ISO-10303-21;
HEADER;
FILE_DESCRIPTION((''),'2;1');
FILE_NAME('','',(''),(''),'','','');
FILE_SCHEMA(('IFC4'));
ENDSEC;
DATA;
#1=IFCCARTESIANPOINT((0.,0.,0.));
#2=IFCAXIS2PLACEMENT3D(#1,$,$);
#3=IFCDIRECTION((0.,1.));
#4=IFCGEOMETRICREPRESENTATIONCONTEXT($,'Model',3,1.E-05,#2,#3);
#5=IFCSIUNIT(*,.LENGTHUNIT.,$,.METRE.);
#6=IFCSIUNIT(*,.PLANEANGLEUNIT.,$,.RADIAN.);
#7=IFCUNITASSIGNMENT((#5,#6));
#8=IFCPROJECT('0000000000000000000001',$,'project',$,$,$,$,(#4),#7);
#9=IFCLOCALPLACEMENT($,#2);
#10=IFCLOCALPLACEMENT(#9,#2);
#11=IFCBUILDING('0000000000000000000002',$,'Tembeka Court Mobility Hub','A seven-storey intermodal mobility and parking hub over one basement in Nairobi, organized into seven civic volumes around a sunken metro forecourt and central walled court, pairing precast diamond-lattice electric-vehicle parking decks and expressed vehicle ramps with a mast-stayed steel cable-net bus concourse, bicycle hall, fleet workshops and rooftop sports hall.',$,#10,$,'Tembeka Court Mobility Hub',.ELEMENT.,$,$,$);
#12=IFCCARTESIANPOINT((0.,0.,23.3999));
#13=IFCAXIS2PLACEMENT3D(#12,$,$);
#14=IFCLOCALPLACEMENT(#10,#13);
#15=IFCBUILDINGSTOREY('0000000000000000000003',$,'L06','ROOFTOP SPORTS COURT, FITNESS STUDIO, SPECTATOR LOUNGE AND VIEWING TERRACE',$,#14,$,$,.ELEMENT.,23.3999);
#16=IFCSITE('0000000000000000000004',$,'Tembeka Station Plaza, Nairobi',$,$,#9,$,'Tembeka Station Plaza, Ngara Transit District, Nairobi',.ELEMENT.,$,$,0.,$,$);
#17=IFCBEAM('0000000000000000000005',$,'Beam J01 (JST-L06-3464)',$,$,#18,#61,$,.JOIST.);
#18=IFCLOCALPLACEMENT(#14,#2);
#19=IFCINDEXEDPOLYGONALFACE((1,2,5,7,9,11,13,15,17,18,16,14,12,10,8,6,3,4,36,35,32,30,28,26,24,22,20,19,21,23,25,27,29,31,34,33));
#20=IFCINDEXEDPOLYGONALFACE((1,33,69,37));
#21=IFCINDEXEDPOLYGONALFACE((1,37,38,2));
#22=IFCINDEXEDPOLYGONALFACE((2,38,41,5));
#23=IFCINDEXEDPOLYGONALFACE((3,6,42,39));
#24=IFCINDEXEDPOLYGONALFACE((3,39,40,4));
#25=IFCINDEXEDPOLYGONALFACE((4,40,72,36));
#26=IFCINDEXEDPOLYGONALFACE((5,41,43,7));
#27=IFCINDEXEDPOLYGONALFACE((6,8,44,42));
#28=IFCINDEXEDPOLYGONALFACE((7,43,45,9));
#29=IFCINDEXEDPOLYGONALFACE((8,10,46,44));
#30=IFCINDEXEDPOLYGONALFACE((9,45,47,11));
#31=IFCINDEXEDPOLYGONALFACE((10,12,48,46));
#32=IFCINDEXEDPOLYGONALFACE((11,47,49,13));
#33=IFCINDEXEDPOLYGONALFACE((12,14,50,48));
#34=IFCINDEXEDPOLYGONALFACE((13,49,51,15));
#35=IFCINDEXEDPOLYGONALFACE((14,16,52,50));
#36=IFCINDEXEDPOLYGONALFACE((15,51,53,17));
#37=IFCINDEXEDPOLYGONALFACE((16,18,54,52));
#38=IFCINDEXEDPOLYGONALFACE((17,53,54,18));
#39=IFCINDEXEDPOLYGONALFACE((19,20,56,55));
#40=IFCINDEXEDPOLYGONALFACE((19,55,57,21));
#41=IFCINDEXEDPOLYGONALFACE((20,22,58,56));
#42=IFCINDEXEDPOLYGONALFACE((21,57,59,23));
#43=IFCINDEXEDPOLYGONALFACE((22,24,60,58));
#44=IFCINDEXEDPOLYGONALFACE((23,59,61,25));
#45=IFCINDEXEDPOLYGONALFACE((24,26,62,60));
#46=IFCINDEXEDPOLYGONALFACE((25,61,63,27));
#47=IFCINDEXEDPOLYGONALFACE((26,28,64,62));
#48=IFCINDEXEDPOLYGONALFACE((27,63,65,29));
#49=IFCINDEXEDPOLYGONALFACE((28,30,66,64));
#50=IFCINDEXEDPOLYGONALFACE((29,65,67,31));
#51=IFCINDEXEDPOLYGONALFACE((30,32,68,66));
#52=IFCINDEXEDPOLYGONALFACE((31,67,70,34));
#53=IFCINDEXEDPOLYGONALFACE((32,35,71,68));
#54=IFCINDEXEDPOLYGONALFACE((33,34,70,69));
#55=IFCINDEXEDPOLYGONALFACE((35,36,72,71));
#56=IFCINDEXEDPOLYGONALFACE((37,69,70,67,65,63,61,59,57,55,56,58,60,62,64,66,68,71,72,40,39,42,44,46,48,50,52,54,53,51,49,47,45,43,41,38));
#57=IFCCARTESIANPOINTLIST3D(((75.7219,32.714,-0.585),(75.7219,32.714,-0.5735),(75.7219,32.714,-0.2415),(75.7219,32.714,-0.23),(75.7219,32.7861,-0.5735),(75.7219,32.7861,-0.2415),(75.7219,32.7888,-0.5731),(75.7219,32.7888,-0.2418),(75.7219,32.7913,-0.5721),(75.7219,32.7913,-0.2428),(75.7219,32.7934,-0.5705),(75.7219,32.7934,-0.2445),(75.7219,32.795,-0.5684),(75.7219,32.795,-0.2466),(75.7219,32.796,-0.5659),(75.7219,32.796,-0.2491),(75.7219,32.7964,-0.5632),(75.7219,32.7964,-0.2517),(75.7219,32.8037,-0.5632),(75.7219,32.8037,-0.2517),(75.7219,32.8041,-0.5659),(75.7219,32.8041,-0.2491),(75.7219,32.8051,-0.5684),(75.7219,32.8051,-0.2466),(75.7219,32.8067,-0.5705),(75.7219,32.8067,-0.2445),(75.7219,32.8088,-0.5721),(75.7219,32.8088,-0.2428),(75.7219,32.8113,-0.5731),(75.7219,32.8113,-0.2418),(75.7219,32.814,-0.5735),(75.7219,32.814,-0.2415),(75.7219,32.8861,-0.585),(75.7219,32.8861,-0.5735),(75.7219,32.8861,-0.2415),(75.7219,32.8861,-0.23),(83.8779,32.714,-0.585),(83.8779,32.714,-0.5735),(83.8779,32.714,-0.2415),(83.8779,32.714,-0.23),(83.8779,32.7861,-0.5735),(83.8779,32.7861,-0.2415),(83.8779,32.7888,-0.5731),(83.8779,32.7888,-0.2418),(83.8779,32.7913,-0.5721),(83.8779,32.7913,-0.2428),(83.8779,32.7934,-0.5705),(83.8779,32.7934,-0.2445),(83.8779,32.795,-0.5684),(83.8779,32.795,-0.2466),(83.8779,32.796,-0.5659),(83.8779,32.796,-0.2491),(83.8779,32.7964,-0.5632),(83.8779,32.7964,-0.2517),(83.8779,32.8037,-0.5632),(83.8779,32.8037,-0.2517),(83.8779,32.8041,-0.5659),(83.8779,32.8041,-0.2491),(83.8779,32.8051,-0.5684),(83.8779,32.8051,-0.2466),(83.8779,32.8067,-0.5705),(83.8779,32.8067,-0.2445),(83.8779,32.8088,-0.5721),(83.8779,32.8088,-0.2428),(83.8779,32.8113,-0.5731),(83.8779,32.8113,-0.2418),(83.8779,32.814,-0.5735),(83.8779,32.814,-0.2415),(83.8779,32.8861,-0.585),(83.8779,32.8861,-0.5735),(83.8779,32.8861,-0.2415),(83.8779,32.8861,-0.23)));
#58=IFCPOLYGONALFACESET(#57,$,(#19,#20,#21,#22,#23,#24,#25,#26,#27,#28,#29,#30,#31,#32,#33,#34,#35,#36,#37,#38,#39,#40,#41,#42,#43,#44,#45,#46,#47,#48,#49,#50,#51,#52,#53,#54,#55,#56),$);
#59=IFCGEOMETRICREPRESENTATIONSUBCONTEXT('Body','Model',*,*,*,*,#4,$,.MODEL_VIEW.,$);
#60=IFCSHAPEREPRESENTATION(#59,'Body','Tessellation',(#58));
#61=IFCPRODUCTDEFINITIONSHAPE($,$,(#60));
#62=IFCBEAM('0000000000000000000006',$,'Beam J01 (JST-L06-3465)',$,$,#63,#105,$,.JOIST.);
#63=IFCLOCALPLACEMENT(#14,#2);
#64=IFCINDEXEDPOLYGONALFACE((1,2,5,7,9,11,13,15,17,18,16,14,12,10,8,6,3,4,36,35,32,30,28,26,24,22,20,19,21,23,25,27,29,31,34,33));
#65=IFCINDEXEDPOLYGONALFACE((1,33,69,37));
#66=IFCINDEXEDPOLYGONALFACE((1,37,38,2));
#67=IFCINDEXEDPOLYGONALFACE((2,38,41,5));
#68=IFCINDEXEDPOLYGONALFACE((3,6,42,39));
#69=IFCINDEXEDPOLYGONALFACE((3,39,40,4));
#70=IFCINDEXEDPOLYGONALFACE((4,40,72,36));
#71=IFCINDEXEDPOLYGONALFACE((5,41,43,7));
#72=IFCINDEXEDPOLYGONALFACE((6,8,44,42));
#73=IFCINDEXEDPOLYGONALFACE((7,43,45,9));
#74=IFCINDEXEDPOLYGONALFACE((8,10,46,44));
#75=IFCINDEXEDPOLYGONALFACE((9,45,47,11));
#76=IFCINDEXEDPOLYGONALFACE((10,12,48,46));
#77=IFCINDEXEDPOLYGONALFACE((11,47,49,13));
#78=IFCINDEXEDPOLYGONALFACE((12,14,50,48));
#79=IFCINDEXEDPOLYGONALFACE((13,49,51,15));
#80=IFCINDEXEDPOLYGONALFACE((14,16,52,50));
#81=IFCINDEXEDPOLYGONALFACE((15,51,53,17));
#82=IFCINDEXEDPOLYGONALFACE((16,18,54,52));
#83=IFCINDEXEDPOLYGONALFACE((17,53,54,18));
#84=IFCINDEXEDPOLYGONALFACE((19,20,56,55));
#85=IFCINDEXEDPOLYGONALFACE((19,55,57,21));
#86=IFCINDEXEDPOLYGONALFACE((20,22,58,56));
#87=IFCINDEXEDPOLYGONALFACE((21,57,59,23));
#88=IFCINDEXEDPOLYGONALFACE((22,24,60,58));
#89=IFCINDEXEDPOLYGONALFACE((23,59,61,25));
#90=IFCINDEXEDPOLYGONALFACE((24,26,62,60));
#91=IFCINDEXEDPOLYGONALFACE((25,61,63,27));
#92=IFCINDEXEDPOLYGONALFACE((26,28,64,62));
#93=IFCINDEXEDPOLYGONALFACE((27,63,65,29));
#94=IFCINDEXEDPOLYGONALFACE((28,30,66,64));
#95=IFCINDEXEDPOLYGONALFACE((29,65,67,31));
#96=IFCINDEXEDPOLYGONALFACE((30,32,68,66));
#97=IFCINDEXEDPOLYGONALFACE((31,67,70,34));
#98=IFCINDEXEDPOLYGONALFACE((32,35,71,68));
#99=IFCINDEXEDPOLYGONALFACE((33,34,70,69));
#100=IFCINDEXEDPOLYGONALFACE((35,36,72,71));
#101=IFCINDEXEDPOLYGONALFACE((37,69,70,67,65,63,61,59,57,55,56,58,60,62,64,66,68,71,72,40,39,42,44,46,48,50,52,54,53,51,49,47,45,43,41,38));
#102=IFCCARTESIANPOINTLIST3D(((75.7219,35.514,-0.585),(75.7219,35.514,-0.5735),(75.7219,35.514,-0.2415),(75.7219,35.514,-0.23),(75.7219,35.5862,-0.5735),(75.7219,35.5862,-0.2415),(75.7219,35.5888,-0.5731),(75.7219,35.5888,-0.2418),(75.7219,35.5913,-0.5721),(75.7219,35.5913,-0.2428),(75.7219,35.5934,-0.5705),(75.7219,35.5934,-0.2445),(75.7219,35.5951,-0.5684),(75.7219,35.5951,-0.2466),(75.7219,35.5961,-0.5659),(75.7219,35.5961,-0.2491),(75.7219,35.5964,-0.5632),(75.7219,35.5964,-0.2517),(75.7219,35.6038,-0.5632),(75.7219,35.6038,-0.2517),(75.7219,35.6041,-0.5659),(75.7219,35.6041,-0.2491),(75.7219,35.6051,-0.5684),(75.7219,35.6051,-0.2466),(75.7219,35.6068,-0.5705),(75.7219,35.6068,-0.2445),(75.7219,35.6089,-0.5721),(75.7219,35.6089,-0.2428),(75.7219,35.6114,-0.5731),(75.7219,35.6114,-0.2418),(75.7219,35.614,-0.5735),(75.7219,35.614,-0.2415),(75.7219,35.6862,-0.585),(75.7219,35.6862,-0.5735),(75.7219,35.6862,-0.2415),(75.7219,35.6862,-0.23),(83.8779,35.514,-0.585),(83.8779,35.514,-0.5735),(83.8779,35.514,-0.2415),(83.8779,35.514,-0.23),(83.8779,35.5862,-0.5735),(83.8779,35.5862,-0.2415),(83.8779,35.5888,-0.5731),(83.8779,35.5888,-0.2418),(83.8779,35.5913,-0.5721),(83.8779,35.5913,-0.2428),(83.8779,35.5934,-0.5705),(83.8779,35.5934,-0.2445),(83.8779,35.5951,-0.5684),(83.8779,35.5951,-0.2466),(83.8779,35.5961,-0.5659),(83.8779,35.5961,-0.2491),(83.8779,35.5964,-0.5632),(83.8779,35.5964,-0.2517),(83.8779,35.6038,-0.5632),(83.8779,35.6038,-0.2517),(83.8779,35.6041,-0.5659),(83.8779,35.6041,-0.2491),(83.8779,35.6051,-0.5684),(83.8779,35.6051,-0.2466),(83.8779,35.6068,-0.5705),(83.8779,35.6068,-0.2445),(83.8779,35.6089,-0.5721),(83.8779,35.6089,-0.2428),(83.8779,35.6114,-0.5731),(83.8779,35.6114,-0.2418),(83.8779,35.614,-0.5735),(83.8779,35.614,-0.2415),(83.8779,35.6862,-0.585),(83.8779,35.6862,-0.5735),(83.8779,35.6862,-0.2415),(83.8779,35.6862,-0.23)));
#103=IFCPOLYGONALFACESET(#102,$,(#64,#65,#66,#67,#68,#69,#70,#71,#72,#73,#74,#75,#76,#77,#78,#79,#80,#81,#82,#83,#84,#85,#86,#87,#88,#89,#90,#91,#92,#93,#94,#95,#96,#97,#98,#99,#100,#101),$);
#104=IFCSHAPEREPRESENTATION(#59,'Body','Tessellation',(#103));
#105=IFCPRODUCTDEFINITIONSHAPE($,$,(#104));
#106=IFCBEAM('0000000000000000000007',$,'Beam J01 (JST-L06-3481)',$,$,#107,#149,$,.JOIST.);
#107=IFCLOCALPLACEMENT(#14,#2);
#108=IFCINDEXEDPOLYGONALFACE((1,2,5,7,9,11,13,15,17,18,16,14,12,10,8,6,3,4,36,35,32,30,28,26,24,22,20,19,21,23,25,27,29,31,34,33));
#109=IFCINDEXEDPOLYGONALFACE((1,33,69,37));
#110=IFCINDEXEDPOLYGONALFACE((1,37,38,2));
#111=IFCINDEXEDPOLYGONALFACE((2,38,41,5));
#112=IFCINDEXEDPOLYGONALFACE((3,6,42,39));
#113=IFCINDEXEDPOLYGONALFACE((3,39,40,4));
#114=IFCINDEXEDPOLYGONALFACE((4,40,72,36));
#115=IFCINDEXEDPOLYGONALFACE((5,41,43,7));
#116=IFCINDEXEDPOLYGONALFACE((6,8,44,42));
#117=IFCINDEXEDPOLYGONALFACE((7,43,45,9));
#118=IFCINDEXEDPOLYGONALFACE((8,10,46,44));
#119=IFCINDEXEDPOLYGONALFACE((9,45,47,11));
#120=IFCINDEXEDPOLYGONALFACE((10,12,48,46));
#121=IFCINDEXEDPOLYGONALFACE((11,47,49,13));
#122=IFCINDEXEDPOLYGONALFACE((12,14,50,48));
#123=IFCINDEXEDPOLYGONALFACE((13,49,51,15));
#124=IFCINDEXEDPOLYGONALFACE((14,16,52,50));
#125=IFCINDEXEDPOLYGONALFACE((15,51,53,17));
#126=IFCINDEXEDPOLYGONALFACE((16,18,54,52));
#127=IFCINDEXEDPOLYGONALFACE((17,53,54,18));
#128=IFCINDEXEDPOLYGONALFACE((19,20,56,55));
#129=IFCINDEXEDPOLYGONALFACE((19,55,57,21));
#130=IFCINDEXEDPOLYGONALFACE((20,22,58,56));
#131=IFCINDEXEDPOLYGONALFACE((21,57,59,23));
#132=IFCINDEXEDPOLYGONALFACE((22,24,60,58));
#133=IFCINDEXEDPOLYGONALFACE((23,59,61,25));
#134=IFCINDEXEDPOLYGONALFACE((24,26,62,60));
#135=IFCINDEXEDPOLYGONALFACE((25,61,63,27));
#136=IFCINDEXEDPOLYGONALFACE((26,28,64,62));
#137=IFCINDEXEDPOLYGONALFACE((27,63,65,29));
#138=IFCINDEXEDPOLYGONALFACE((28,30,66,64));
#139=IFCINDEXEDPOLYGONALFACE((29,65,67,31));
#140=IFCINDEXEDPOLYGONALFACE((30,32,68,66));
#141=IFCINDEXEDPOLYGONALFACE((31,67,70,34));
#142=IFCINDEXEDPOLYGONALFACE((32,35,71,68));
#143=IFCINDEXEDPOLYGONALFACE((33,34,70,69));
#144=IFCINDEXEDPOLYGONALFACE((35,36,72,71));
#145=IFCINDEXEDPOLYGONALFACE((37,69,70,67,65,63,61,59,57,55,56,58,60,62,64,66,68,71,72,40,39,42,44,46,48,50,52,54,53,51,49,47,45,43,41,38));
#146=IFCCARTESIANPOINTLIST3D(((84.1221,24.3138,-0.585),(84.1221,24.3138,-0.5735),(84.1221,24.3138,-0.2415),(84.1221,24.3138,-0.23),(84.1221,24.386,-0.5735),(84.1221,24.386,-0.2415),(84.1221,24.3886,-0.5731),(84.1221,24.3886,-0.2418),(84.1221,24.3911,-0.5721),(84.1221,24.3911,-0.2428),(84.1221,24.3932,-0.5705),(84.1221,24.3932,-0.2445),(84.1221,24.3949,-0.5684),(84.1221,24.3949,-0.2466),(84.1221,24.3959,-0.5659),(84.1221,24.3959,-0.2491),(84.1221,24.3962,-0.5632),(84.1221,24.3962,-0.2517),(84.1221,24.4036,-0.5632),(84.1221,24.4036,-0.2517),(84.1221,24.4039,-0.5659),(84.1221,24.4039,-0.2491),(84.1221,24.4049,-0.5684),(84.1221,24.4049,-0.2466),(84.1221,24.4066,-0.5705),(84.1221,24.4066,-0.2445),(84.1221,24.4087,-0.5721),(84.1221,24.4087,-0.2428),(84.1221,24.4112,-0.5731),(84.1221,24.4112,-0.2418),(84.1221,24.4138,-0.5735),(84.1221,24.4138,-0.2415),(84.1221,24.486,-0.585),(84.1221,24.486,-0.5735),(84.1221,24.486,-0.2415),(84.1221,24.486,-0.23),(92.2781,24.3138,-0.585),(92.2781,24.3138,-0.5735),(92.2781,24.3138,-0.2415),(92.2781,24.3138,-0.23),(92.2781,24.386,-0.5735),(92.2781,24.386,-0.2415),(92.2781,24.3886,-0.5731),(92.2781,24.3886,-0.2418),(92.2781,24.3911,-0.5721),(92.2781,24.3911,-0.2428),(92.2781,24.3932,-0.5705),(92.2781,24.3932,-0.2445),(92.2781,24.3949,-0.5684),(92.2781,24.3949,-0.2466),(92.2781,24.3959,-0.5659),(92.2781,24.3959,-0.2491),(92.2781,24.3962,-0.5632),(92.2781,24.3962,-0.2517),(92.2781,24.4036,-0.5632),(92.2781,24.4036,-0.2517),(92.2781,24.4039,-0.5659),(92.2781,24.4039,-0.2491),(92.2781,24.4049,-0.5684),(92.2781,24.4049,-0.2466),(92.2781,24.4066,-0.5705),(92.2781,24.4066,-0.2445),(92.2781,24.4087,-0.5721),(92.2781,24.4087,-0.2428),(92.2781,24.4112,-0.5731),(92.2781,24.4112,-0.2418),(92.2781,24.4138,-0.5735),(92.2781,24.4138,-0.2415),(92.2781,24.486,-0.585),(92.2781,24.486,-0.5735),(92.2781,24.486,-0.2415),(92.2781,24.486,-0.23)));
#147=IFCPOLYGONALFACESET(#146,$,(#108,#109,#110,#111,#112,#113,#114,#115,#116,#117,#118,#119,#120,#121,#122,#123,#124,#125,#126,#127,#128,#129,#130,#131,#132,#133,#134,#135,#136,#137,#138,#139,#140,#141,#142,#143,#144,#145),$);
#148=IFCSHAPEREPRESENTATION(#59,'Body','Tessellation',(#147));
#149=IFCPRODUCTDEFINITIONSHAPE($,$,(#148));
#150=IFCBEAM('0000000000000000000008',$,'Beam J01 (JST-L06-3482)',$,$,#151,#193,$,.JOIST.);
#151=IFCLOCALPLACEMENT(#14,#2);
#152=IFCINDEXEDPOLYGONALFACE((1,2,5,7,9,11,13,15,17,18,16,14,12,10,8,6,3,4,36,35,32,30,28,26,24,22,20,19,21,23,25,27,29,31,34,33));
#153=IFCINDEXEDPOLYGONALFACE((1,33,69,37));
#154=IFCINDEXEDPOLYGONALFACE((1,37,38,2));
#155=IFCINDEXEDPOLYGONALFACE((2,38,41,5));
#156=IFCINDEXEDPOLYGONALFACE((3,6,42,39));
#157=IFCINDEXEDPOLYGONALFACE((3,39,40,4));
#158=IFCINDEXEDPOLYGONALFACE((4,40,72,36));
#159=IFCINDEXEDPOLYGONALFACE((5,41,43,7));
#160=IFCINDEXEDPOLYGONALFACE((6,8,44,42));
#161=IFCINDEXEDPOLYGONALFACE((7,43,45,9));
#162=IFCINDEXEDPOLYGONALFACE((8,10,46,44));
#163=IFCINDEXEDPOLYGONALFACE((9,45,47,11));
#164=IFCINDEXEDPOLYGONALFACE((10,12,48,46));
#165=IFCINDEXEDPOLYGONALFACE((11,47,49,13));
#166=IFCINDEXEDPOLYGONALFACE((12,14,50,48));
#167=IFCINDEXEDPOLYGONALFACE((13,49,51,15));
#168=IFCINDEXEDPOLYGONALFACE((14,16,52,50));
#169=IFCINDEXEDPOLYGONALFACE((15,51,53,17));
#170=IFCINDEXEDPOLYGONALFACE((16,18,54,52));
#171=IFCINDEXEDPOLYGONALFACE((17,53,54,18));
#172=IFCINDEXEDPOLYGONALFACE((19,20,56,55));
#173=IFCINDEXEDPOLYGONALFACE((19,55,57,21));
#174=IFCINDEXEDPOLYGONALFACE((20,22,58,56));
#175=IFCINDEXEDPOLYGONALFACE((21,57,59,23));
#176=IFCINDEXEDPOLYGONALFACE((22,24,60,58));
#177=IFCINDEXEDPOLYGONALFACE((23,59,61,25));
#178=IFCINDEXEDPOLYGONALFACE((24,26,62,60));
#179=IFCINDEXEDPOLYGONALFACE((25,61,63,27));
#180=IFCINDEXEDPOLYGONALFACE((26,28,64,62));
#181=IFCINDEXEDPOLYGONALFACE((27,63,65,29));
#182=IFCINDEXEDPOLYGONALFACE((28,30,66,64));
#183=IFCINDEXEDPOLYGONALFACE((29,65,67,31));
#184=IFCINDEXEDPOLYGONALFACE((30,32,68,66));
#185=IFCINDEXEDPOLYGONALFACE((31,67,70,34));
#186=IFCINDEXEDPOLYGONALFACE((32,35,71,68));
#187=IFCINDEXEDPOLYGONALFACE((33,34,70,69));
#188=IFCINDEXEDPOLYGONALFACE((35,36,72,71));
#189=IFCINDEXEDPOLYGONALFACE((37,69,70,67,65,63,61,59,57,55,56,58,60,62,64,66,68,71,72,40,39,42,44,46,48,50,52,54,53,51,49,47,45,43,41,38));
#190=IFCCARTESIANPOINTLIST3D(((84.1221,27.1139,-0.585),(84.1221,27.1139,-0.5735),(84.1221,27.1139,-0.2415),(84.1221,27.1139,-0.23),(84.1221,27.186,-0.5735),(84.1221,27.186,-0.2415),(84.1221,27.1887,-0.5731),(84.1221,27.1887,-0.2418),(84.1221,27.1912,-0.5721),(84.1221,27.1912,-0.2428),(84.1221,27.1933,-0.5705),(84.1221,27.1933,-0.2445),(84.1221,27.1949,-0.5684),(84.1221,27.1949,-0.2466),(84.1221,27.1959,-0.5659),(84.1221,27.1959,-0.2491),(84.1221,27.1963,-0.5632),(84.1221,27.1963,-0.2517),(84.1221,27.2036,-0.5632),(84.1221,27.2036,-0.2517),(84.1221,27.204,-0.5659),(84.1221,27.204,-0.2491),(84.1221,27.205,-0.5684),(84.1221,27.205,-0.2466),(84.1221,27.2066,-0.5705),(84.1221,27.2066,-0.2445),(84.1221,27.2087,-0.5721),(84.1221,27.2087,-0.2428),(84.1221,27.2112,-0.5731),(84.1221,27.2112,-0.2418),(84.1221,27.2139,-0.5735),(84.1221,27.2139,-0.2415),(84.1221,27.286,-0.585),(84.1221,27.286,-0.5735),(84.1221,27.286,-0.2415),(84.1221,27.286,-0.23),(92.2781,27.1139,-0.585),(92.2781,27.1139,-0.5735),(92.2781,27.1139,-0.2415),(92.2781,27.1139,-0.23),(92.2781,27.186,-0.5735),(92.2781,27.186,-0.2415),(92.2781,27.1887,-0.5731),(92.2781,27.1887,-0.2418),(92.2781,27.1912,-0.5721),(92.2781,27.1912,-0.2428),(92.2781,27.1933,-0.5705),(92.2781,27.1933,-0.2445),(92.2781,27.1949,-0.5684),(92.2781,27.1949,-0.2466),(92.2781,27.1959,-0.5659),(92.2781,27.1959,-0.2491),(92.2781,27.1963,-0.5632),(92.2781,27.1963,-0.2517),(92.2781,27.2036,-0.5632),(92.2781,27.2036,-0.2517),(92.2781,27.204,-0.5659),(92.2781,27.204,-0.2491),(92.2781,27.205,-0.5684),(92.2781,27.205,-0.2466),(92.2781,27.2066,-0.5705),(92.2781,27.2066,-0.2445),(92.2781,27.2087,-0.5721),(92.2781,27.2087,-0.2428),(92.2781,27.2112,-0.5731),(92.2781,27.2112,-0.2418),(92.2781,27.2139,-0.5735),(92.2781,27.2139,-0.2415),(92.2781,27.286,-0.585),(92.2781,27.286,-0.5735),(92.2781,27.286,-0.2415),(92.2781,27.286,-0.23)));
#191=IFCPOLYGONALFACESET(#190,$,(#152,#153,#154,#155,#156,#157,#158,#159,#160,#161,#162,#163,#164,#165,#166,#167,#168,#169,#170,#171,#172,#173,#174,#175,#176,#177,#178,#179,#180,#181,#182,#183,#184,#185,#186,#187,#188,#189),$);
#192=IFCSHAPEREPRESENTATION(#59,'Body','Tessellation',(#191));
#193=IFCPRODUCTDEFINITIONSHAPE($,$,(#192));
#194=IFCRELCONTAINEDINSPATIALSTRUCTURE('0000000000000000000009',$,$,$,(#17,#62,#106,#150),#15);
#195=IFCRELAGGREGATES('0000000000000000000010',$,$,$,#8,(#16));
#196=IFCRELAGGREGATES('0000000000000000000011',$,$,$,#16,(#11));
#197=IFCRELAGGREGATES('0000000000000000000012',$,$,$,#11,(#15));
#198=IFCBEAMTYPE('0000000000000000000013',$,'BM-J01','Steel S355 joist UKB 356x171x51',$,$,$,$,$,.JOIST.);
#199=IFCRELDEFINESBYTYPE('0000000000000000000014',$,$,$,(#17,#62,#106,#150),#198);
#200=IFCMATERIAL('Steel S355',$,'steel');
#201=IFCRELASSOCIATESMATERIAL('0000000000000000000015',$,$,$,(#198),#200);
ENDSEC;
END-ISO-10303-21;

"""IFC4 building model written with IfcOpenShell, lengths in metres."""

from ifc_helpers import new_model, si_unit, direction, frame, origin, origin_2d, place, context, subcontext, project, spatial, i_section, extrude, material, material_profile, profile_set, type_object, element, save


model = new_model("IFC4")

# Units and contexts
model_context = context("Model", 3, precision=1e-05, world=origin(), true_north=direction((0.0, 1.0)))
body_context = subcontext(model_context, "Body", "Model", "MODEL_VIEW")
ifc_project = project(units=[si_unit("LENGTHUNIT", "METRE"), si_unit("PLANEANGLEUNIT", "RADIAN")], contexts=[model_context])

# Site, building, storey
site_placement = place(None, origin())
site = spatial("IfcSite", under=ifc_project, at=site_placement, Name="Tembeka Station Plaza, Nairobi", LongName="Tembeka Station Plaza, Ngara Transit District, Nairobi", CompositionType="ELEMENT", RefElevation=0.0)
building_placement = place(site_placement, origin())
building = spatial("IfcBuilding", under=site, at=building_placement, Name="Tembeka Court Mobility Hub", Description="A seven-storey intermodal mobility and parking hub over one basement in Nairobi, organized into seven civic volumes around a sunken metro forecourt and central walled court, pairing precast diamond-lattice electric-vehicle parking decks and expressed vehicle ramps with a mast-stayed steel cable-net bus concourse, bicycle hall, fleet workshops and rooftop sports hall.", LongName="Tembeka Court Mobility Hub", CompositionType="ELEMENT")
storey_placement = place(building_placement, frame((0.0, 0.0, 23.3999)))
storey = spatial("IfcBuildingStorey", under=building, at=storey_placement, Name="L06", Description="ROOFTOP SPORTS COURT, FITNESS STUDIO, SPECTATOR LOUNGE AND VIEWING TERRACE", CompositionType="ELEMENT", Elevation=23.3999)

# Beams
ifc_material_1 = material(Name="Steel S355", Category="steel")
ifc_material_profile_1 = material_profile(ifc_material_1, i_section(OverallWidth=0.1721, OverallDepth=0.355, WebThickness=0.0073, FlangeThickness=0.0115, FilletRadius=0.0103, at=origin_2d()), Name="UKB 356x171x51")
ifc_profile_set_1 = profile_set([ifc_material_profile_1], Name="Steel S355")
beam_type_1 = type_object("IfcBeamType", Name="BM-J01", Description="Steel S355 joist UKB 356x171x51", PredefinedType="JOIST", material=ifc_profile_set_1)
for number, where, z_axis, x_axis, name in (
    (1, (75.7219, 32.8, -0.4075), (1.0, 0.0, 0.0), (0.0, 1.0, 0.0), "Beam J01 (JST-L06-3464)"),
    (2, (75.7219, 35.6001, -0.4075), (1.0, 0.0, 0.0), (0.0, 1.0, 0.0), "Beam J01 (JST-L06-3465)"),
    (3, (84.1221, 24.3999, -0.4075), (1.0, 0.0, 0.0), (0.0, 1.0, 0.0), "Beam J01 (JST-L06-3481)"),
    (4, (84.1221, 27.2, -0.4075), (1.0, 0.0, 0.0), (0.0, 1.0, 0.0), "Beam J01 (JST-L06-3482)"),
):
    element("IfcBeam", number, at=place(storey_placement, frame(where, z_axis=z_axis, x_axis=x_axis)), inside=storey, type_object=beam_type_1, Name=name, PredefinedType="JOIST", context=body_context, shape_type="SweptSolid", body=[
        extrude(i_section(OverallWidth=0.1721, OverallDepth=0.355, WebThickness=0.0073, FlangeThickness=0.0115, FilletRadius=0.0103, at=origin_2d()), origin(), (0.0, 0.0, 1.0), 8.156),
    ])

save(model, "model.ifc")
